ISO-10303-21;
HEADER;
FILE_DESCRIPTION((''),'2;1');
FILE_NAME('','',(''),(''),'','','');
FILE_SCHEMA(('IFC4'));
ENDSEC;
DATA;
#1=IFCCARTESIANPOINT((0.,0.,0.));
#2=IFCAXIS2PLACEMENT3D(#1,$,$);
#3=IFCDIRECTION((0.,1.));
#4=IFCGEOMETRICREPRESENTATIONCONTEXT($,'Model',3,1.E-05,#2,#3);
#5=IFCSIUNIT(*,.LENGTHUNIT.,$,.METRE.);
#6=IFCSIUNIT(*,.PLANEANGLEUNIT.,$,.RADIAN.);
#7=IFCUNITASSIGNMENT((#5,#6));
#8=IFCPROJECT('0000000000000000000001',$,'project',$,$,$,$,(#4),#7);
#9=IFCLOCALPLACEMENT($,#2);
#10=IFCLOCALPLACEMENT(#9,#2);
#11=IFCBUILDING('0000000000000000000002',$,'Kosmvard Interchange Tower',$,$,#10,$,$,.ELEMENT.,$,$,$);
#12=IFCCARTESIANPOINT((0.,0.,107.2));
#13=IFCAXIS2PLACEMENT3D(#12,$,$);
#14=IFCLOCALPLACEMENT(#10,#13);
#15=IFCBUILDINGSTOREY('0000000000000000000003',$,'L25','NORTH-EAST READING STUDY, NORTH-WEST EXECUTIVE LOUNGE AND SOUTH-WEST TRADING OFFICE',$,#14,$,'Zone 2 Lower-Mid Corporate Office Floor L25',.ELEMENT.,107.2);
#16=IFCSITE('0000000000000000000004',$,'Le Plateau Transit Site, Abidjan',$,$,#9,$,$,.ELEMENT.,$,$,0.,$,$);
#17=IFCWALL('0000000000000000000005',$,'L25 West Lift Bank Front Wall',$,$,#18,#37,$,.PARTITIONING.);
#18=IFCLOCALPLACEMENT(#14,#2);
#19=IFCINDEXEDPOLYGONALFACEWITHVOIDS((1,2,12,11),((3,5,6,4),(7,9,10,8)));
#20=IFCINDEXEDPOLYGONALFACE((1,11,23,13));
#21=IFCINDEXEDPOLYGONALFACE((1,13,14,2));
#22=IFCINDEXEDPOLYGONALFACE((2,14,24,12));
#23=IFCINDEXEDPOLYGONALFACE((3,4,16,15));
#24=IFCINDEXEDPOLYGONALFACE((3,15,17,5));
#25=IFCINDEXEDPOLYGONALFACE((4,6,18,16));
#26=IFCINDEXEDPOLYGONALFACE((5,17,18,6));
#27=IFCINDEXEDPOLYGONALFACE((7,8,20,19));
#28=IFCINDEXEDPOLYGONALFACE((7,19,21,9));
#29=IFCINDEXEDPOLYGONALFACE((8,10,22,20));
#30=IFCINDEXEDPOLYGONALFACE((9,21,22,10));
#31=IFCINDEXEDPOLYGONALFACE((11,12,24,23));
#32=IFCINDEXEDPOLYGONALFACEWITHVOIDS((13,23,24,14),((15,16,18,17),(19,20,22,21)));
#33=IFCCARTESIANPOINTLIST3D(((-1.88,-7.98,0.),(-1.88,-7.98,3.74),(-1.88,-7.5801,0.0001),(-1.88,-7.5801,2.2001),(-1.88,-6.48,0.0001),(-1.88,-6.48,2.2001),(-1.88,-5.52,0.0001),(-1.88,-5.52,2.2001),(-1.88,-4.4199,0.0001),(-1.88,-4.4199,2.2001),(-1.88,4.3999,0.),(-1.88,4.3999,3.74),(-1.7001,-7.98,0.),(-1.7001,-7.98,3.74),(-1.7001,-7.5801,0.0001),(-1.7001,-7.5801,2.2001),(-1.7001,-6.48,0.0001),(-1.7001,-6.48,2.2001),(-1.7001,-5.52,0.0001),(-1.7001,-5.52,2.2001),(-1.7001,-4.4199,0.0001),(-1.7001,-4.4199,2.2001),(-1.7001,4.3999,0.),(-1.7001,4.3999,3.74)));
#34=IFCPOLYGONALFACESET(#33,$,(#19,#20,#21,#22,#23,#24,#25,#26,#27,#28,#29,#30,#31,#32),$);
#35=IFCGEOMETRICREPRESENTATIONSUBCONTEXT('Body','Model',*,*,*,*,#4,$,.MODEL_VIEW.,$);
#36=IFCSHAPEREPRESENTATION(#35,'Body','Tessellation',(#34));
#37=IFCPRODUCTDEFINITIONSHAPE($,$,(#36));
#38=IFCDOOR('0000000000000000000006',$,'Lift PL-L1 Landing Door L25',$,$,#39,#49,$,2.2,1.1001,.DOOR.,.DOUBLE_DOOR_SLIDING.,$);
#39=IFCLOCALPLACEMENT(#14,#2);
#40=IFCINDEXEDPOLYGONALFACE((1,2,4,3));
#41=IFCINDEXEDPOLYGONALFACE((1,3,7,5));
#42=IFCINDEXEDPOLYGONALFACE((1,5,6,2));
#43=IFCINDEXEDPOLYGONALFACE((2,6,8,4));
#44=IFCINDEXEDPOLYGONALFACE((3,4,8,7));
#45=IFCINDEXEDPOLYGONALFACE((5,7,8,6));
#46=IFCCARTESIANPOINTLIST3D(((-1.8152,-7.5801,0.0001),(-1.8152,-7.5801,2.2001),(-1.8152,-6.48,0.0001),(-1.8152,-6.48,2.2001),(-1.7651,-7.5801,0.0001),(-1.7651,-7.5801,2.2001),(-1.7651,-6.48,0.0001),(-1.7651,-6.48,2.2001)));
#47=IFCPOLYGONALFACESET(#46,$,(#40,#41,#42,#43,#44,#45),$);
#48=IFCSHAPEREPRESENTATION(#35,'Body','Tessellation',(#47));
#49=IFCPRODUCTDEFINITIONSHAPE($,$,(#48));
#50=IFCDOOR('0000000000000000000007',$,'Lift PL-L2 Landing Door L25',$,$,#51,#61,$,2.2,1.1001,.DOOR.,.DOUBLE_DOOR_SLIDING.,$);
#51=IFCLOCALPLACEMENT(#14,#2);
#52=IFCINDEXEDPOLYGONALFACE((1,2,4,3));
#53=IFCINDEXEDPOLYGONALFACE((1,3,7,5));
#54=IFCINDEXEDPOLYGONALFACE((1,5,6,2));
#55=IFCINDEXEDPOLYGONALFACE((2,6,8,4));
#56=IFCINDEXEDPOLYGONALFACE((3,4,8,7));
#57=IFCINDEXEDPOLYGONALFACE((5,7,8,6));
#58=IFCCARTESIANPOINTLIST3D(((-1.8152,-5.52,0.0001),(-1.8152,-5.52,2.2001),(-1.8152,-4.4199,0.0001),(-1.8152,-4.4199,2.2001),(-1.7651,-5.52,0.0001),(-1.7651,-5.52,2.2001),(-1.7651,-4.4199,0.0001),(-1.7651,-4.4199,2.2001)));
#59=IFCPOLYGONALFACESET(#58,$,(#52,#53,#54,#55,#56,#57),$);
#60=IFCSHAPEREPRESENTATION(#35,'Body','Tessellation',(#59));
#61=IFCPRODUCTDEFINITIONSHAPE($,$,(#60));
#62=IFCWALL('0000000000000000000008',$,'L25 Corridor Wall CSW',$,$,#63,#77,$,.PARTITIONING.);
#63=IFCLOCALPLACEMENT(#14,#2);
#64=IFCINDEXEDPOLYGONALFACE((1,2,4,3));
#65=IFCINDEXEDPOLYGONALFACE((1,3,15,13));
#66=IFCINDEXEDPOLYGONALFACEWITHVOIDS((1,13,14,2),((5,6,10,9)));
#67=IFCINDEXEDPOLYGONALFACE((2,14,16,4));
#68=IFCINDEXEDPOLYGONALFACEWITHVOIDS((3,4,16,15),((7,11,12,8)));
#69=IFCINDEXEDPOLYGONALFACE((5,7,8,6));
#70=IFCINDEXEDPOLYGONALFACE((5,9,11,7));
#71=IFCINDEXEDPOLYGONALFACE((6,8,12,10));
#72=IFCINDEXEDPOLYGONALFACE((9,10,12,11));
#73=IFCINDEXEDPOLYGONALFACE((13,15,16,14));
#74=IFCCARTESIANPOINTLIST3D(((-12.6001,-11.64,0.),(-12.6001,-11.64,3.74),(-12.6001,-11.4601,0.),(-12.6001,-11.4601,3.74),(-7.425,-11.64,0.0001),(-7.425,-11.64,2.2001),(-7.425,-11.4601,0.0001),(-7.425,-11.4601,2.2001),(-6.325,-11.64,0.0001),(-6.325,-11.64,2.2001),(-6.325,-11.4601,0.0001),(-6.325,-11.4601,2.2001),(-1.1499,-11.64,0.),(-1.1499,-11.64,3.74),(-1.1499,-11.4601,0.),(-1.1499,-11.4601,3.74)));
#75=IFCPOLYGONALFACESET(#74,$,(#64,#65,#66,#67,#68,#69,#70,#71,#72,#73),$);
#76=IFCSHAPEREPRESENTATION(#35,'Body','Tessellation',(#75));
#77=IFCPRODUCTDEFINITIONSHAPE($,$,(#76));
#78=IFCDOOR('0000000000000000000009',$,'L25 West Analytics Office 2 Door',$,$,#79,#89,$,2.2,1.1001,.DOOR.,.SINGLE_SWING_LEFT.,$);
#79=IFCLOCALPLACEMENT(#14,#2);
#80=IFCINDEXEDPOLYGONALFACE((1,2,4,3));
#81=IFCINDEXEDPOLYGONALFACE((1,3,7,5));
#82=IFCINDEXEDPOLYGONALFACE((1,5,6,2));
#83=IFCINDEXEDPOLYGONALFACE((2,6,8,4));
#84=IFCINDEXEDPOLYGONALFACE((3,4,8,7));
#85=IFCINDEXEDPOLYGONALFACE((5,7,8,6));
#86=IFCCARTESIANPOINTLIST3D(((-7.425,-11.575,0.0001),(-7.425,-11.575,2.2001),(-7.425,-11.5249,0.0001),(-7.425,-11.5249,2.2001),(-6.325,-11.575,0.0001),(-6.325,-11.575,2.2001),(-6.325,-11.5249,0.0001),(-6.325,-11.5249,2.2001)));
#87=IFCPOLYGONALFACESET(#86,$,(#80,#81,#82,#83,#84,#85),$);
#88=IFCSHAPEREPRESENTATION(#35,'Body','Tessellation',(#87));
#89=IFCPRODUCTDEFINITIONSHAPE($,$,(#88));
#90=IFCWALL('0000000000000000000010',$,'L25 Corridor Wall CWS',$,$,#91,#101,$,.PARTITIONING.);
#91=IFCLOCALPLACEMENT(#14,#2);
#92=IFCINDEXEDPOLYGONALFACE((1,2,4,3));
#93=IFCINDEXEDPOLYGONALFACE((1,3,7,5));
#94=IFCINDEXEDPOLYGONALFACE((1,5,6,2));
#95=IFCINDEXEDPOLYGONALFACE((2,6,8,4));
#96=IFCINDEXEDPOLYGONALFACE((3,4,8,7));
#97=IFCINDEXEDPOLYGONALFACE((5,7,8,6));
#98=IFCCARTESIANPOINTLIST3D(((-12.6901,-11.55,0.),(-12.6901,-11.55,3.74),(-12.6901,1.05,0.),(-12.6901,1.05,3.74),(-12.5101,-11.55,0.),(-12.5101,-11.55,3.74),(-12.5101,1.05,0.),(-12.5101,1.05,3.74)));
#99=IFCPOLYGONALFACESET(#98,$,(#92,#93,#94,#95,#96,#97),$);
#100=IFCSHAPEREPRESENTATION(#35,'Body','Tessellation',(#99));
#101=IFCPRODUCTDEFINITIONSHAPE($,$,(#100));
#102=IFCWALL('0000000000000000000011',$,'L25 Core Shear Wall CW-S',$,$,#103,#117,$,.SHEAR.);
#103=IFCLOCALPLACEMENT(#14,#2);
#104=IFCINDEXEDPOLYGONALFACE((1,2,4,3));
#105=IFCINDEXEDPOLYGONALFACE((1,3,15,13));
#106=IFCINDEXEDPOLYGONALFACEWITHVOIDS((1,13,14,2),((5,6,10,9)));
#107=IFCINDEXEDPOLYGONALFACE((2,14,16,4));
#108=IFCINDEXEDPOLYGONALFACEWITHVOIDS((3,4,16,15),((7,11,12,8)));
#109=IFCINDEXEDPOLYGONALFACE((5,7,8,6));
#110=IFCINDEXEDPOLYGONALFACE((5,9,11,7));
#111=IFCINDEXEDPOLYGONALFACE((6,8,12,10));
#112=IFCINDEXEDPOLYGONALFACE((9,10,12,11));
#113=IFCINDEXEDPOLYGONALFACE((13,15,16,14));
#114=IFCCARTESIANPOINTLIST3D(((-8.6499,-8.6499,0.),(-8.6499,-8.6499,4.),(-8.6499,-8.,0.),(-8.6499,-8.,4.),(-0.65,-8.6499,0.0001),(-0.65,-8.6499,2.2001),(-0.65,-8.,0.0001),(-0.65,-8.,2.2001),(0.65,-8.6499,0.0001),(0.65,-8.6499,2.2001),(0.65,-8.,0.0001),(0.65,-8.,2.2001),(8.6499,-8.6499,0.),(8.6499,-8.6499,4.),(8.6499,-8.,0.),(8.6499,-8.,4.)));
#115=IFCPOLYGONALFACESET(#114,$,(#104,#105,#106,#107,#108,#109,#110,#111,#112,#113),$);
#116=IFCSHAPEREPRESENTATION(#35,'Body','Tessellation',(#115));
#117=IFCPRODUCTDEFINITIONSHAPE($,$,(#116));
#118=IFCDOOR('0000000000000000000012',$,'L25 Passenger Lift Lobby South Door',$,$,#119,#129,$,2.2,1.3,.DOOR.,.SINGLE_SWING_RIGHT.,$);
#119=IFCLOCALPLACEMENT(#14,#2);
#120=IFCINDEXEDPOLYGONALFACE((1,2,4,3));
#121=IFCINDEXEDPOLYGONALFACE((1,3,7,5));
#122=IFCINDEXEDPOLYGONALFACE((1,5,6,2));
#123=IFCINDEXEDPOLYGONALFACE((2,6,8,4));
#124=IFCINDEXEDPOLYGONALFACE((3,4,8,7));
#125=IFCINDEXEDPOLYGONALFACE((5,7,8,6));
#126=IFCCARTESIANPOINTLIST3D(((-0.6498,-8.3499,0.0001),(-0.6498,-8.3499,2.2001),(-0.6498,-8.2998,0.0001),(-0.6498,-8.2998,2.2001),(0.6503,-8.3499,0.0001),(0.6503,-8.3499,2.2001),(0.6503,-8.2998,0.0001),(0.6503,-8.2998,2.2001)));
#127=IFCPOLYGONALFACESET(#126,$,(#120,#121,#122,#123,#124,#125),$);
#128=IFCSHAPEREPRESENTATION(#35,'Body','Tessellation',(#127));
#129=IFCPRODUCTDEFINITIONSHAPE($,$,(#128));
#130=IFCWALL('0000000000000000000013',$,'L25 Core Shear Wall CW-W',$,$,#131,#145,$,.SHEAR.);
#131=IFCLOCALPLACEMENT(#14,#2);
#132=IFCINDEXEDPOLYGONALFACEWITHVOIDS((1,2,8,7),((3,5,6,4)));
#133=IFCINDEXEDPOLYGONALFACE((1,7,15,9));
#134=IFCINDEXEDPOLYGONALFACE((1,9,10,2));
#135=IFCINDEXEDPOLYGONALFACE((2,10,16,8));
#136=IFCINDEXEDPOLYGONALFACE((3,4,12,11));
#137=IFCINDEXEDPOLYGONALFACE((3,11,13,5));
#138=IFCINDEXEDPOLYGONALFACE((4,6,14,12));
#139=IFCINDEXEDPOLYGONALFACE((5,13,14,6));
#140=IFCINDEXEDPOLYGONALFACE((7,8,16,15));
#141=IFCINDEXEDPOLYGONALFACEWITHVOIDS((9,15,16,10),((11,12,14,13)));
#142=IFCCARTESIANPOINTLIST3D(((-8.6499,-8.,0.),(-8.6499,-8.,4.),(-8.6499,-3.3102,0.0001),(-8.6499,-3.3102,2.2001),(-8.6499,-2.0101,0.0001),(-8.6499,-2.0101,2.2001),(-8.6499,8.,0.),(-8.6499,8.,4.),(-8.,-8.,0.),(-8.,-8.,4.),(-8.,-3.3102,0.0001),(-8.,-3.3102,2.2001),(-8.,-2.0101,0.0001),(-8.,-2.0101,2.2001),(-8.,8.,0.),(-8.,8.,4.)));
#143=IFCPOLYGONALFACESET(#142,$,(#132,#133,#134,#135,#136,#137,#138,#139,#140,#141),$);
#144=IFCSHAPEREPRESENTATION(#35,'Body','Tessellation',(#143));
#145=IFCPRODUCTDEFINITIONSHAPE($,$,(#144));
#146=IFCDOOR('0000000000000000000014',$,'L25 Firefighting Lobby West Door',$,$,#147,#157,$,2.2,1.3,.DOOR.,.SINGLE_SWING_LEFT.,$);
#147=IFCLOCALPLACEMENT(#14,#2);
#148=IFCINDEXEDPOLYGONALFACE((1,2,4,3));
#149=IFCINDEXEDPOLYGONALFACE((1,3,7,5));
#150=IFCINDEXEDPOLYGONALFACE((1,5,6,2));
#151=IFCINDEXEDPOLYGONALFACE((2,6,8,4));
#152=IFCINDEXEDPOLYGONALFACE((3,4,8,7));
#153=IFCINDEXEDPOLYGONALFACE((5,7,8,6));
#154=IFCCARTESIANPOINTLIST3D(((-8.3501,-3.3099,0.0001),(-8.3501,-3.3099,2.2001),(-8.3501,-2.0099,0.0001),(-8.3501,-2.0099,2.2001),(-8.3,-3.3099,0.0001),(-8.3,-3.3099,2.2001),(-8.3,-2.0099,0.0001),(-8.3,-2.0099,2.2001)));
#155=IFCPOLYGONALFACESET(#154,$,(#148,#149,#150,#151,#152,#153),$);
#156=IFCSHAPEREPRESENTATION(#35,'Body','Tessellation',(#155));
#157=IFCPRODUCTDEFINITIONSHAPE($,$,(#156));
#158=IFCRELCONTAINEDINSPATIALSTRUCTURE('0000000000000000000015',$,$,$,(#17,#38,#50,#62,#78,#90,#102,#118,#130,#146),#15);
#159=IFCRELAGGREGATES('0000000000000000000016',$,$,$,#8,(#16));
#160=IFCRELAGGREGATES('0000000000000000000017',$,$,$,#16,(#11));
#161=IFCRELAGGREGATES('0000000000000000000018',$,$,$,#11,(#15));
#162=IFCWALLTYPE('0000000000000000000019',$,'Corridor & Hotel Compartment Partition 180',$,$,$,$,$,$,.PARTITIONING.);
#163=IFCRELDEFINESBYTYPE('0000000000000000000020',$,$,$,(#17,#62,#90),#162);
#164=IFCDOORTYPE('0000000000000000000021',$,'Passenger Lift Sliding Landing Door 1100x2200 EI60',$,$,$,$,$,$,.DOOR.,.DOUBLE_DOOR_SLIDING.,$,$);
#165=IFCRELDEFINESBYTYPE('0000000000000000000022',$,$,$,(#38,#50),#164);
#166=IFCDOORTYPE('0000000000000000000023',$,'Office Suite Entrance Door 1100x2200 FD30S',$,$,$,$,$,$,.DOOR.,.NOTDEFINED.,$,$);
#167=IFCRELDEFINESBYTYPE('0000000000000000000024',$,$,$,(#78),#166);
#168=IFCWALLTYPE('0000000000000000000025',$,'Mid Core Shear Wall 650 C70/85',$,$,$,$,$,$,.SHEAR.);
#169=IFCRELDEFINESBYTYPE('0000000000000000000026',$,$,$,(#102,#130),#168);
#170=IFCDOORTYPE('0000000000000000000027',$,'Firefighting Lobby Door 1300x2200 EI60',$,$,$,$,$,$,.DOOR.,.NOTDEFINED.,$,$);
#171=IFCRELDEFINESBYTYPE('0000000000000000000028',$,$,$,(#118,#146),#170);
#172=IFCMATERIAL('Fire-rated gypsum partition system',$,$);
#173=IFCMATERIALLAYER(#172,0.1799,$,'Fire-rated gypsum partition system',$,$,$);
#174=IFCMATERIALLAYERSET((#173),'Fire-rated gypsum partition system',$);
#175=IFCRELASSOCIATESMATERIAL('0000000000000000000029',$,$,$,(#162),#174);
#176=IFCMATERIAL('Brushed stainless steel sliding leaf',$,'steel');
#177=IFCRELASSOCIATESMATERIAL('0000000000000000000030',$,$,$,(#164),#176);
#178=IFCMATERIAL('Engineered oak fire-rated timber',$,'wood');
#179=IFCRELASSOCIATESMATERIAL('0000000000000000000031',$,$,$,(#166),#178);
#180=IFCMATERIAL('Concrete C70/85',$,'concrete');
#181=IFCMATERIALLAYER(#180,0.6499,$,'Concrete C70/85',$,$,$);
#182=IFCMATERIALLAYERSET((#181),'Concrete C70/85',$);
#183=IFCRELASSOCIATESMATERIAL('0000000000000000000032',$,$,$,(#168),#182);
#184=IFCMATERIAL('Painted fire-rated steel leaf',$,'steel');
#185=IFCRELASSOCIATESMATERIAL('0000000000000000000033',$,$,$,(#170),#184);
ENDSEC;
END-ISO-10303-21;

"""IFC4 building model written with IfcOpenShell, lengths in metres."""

from ifc_helpers import new_model, si_unit, direction, frame, frame_2d, origin, place, context, subcontext, project, spatial, rectangle, extrude, source, transform, mapped, material, layer, layer_set, type_object, element, fill, save


model = new_model("IFC4")

# Units and contexts
model_context = context("Model", 3, precision=1e-05, world=origin(), true_north=direction((0.0, 1.0)))
body_context = subcontext(model_context, "Body", "Model", "MODEL_VIEW")
ifc_project = project(units=[si_unit("LENGTHUNIT", "METRE"), si_unit("PLANEANGLEUNIT", "RADIAN")], contexts=[model_context])

# Site, building, storey
site_placement = place(None, origin())
site = spatial("IfcSite", under=ifc_project, at=site_placement, Name="Le Plateau Transit Site, Abidjan", CompositionType="ELEMENT", RefElevation=0.0)
building_placement = place(site_placement, origin())
building = spatial("IfcBuilding", under=site, at=building_placement, Name="Kosmvard Interchange Tower", CompositionType="ELEMENT")
storey_placement = place(building_placement, frame((0.0, 0.0, 107.2)))
storey = spatial("IfcBuildingStorey", under=building, at=storey_placement, Name="L25", Description="NORTH-EAST READING STUDY, NORTH-WEST EXECUTIVE LOUNGE AND SOUTH-WEST TRADING OFFICE", LongName="Zone 2 Lower-Mid Corporate Office Floor L25", CompositionType="ELEMENT", Elevation=107.2)

# Wall, openings, doors
ifc_material_1 = material(Name="Fire-rated gypsum partition system")
ifc_layer_1 = layer(ifc_material_1, 0.1799, Name="Fire-rated gypsum partition system")
ifc_layer_set_1 = layer_set([ifc_layer_1], Name="Fire-rated gypsum partition system")
wall_type_1 = type_object("IfcWallType", Name="Corridor & Hotel Compartment Partition 180", PredefinedType="PARTITIONING", material=ifc_layer_set_1)
wall_1_placement = place(storey_placement, frame((-1.79, -7.98, 0.0), z_axis=(0.0, 0.0, 1.0), x_axis=(0.0, 1.0, 0.0)))
wall_1 = element("IfcWall", 1, at=wall_1_placement, inside=storey, type_object=wall_type_1, Name="L25 West Lift Bank Front Wall", PredefinedType="PARTITIONING", context=body_context, shape_type="SweptSolid", body=[
    extrude(rectangle(XDim=12.3799, YDim=0.1799, at=frame_2d((6.1899, 0.0))), origin(), (0.0, 0.0, 1.0), 3.74),
])
opening_1_placement = place(wall_1_placement, frame((0.3999, 0.0, 0.0)))
opening_1 = element("IfcOpeningElement", 2, at=opening_1_placement, cuts=wall_1, PredefinedType="OPENING", context=body_context, shape_type="SweptSolid", body=[
    extrude(rectangle(XDim=1.1001, YDim=2.2, at=frame_2d((0.55, 1.1001))), frame((0.0, 0.1001, 0.0), z_axis=(0.0, -1.0, 0.0), x_axis=(1.0, 0.0, 0.0)), (0.0, 0.0, 1.0), 0.2),
])
opening_2_placement = place(wall_1_placement, frame((2.46, 0.0, 0.0)))
opening_2 = element("IfcOpeningElement", 3, at=opening_2_placement, cuts=wall_1, PredefinedType="OPENING", context=body_context, shape_type="SweptSolid", body=[
    extrude(rectangle(XDim=1.1001, YDim=2.2, at=frame_2d((0.55, 1.1001))), frame((0.0, 0.1001, 0.0), z_axis=(0.0, -1.0, 0.0), x_axis=(1.0, 0.0, 0.0)), (0.0, 0.0, 1.0), 0.2),
])
ifc_material_2 = material(Name="Brushed stainless steel sliding leaf", Category="steel")
door_type_1 = type_object("IfcDoorType", Name="Passenger Lift Sliding Landing Door 1100x2200 EI60", OperationType="DOUBLE_DOOR_SLIDING", PredefinedType="DOOR", material=ifc_material_2)
shared_shape_1 = source(origin(), body_context, "Body", "SweptSolid", [
    extrude(rectangle(XDim=1.1001, YDim=2.2, at=frame_2d((0.55, 1.1001))), frame((0.0, 0.0249, 0.0), z_axis=(0.0, -1.0, 0.0), x_axis=(1.0, 0.0, 0.0)), (0.0, 0.0, 1.0), 0.05),
])
door_1_placement = place(opening_1_placement, frame((1.1001, 0.0, 0.0), z_axis=(0.0, 0.0, 1.0), x_axis=(-1.0, 0.0, 0.0)))
door_1 = element("IfcDoor", 4, at=door_1_placement, inside=storey, type_object=door_type_1, Name="Lift PL-L1 Landing Door L25", OperationType="DOUBLE_DOOR_SLIDING", OverallHeight=2.2, OverallWidth=1.1001, PredefinedType="DOOR", context=body_context, shape_type="MappedRepresentation", body=[
    mapped(shared_shape_1, transform((0.0, 0.0, 0.0), scale=1.0)),
])
fill(opening_1, door_1)
door_2_placement = place(opening_2_placement, frame((1.1001, 0.0, 0.0), z_axis=(0.0, 0.0, 1.0), x_axis=(-1.0, 0.0, 0.0)))
door_2 = element("IfcDoor", 5, at=door_2_placement, inside=storey, type_object=door_type_1, Name="Lift PL-L2 Landing Door L25", OperationType="DOUBLE_DOOR_SLIDING", OverallHeight=2.2, OverallWidth=1.1001, PredefinedType="DOOR", context=body_context, shape_type="MappedRepresentation", body=[
    mapped(shared_shape_1, transform((0.0, 0.0, 0.0), scale=1.0)),
])
fill(opening_2, door_2)

# Wall, opening, door
wall_2_placement = place(storey_placement, frame((-12.6001, -11.55, 0.0), z_axis=(0.0, 0.0, 1.0), x_axis=(1.0, 0.0, 0.0)))
wall_2 = element("IfcWall", 6, at=wall_2_placement, inside=storey, type_object=wall_type_1, Name="L25 Corridor Wall CSW", PredefinedType="PARTITIONING", context=body_context, shape_type="SweptSolid", body=[
    extrude(rectangle(XDim=11.4502, YDim=0.1799, at=frame_2d((5.7251, 0.0))), origin(), (0.0, 0.0, 1.0), 3.74),
])
opening_3_placement = place(wall_2_placement, frame((5.175, 0.0, 0.0)))
opening_3 = element("IfcOpeningElement", 7, at=opening_3_placement, cuts=wall_2, PredefinedType="OPENING", context=body_context, shape_type="SweptSolid", body=[
    extrude(rectangle(XDim=1.1001, YDim=2.2, at=frame_2d((0.55, 1.1001))), frame((0.0, 0.1001, 0.0), z_axis=(0.0, -1.0, 0.0), x_axis=(1.0, 0.0, 0.0)), (0.0, 0.0, 1.0), 0.2),
])
ifc_material_3 = material(Name="Engineered oak fire-rated timber", Category="wood")
door_type_2 = type_object("IfcDoorType", Name="Office Suite Entrance Door 1100x2200 FD30S", OperationType="NOTDEFINED", PredefinedType="DOOR", material=ifc_material_3)
door_3_placement = place(opening_3_placement, frame((1.1001, 0.0, 0.0), z_axis=(0.0, 0.0, 1.0), x_axis=(-1.0, 0.0, 0.0)))
door_3 = element("IfcDoor", 8, at=door_3_placement, inside=storey, type_object=door_type_2, Name="L25 West Analytics Office 2 Door", OperationType="SINGLE_SWING_LEFT", OverallHeight=2.2, OverallWidth=1.1001, PredefinedType="DOOR", context=body_context, shape_type="MappedRepresentation", body=[
    mapped(shared_shape_1, transform((0.0, 0.0, 0.0), scale=1.0)),
])
fill(opening_3, door_3)

# Wall
wall_3_placement = place(storey_placement, frame((-12.6001, -11.55, 0.0), z_axis=(0.0, 0.0, 1.0), x_axis=(0.0, 1.0, 0.0)))
element("IfcWall", 9, at=wall_3_placement, inside=storey, type_object=wall_type_1, Name="L25 Corridor Wall CWS", PredefinedType="PARTITIONING", context=body_context, shape_type="SweptSolid", body=[
    extrude(rectangle(XDim=12.6001, YDim=0.1799, at=frame_2d((6.3, 0.0))), origin(), (0.0, 0.0, 1.0), 3.74),
])

# Walls, openings, doors
ifc_material_4 = material(Name="Concrete C70/85", Category="concrete")
ifc_layer_2 = layer(ifc_material_4, 0.6499, Name="Concrete C70/85")
ifc_layer_set_2 = layer_set([ifc_layer_2], Name="Concrete C70/85")
wall_type_2 = type_object("IfcWallType", Name="Mid Core Shear Wall 650 C70/85", PredefinedType="SHEAR", material=ifc_layer_set_2)
wall_4_placement = place(storey_placement, frame((-8.6499, -8.325, 0.0), z_axis=(0.0, 0.0, 1.0), x_axis=(1.0, 0.0, 0.0)))
wall_4 = element("IfcWall", 10, at=wall_4_placement, inside=storey, type_object=wall_type_2, Name="L25 Core Shear Wall CW-S", PredefinedType="SHEAR", context=body_context, shape_type="SweptSolid", body=[
    extrude(rectangle(XDim=17.2998, YDim=0.6499, at=frame_2d((8.6499, 0.0))), origin(), (0.0, 0.0, 1.0), 4.0),
])
opening_4_placement = place(wall_4_placement, frame((8.0, 0.0, 0.0)))
opening_4 = element("IfcOpeningElement", 11, at=opening_4_placement, cuts=wall_4, PredefinedType="OPENING", context=body_context, shape_type="SweptSolid", body=[
    extrude(rectangle(XDim=1.3, YDim=2.2, at=frame_2d((0.6499, 1.1001))), frame((0.0, 0.335, 0.0), z_axis=(0.0, -1.0, 0.0), x_axis=(1.0, 0.0, 0.0)), (0.0, 0.0, 1.0), 0.6699),
])
ifc_material_5 = material(Name="Painted fire-rated steel leaf", Category="steel")
door_type_3 = type_object("IfcDoorType", Name="Firefighting Lobby Door 1300x2200 EI60", OperationType="NOTDEFINED", PredefinedType="DOOR", material=ifc_material_5)
shared_shape_2 = source(origin(), body_context, "Body", "SweptSolid", [
    extrude(rectangle(XDim=1.3, YDim=2.2, at=frame_2d((0.6499, 1.1001))), frame((0.0, 0.0249, 0.0), z_axis=(0.0, -1.0, 0.0), x_axis=(1.0, 0.0, 0.0)), (0.0, 0.0, 1.0), 0.05),
])
door_4_placement = place(opening_4_placement, frame((1.3, 0.0, 0.0), z_axis=(0.0, 0.0, 1.0), x_axis=(-1.0, 0.0, 0.0)))
door_4 = element("IfcDoor", 12, at=door_4_placement, inside=storey, type_object=door_type_3, Name="L25 Passenger Lift Lobby South Door", OperationType="SINGLE_SWING_RIGHT", OverallHeight=2.2, OverallWidth=1.3, PredefinedType="DOOR", context=body_context, shape_type="MappedRepresentation", body=[
    mapped(shared_shape_2, transform((0.0, 0.0, 0.0), scale=1.0)),
])
fill(opening_4, door_4)
wall_5_placement = place(storey_placement, frame((-8.325, -8.0, 0.0), z_axis=(0.0, 0.0, 1.0), x_axis=(0.0, 1.0, 0.0)))
wall_5 = element("IfcWall", 13, at=wall_5_placement, inside=storey, type_object=wall_type_2, Name="L25 Core Shear Wall CW-W", PredefinedType="SHEAR", context=body_context, shape_type="SweptSolid", body=[
    extrude(rectangle(XDim=16.0, YDim=0.6499, at=frame_2d((8.0, 0.0))), origin(), (0.0, 0.0, 1.0), 4.0),
])
opening_5_placement = place(wall_5_placement, frame((4.6899, 0.0, 0.0)))
opening_5 = element("IfcOpeningElement", 14, at=opening_5_placement, cuts=wall_5, PredefinedType="OPENING", context=body_context, shape_type="SweptSolid", body=[
    extrude(rectangle(XDim=1.3, YDim=2.2, at=frame_2d((0.6499, 1.1001))), frame((0.0, 0.335, 0.0), z_axis=(0.0, -1.0, 0.0), x_axis=(1.0, 0.0, 0.0)), (0.0, 0.0, 1.0), 0.6699),
])
door_5_placement = place(opening_5_placement, frame((1.3, 0.0, 0.0), z_axis=(0.0, 0.0, 1.0), x_axis=(-1.0, 0.0, 0.0)))
door_5 = element("IfcDoor", 15, at=door_5_placement, inside=storey, type_object=door_type_3, Name="L25 Firefighting Lobby West Door", OperationType="SINGLE_SWING_LEFT", OverallHeight=2.2, OverallWidth=1.3, PredefinedType="DOOR", context=body_context, shape_type="MappedRepresentation", body=[
    mapped(shared_shape_2, transform((0.0, 0.0, 0.0), scale=1.0)),
])
fill(opening_5, door_5)

save(model, "model.ifc")
